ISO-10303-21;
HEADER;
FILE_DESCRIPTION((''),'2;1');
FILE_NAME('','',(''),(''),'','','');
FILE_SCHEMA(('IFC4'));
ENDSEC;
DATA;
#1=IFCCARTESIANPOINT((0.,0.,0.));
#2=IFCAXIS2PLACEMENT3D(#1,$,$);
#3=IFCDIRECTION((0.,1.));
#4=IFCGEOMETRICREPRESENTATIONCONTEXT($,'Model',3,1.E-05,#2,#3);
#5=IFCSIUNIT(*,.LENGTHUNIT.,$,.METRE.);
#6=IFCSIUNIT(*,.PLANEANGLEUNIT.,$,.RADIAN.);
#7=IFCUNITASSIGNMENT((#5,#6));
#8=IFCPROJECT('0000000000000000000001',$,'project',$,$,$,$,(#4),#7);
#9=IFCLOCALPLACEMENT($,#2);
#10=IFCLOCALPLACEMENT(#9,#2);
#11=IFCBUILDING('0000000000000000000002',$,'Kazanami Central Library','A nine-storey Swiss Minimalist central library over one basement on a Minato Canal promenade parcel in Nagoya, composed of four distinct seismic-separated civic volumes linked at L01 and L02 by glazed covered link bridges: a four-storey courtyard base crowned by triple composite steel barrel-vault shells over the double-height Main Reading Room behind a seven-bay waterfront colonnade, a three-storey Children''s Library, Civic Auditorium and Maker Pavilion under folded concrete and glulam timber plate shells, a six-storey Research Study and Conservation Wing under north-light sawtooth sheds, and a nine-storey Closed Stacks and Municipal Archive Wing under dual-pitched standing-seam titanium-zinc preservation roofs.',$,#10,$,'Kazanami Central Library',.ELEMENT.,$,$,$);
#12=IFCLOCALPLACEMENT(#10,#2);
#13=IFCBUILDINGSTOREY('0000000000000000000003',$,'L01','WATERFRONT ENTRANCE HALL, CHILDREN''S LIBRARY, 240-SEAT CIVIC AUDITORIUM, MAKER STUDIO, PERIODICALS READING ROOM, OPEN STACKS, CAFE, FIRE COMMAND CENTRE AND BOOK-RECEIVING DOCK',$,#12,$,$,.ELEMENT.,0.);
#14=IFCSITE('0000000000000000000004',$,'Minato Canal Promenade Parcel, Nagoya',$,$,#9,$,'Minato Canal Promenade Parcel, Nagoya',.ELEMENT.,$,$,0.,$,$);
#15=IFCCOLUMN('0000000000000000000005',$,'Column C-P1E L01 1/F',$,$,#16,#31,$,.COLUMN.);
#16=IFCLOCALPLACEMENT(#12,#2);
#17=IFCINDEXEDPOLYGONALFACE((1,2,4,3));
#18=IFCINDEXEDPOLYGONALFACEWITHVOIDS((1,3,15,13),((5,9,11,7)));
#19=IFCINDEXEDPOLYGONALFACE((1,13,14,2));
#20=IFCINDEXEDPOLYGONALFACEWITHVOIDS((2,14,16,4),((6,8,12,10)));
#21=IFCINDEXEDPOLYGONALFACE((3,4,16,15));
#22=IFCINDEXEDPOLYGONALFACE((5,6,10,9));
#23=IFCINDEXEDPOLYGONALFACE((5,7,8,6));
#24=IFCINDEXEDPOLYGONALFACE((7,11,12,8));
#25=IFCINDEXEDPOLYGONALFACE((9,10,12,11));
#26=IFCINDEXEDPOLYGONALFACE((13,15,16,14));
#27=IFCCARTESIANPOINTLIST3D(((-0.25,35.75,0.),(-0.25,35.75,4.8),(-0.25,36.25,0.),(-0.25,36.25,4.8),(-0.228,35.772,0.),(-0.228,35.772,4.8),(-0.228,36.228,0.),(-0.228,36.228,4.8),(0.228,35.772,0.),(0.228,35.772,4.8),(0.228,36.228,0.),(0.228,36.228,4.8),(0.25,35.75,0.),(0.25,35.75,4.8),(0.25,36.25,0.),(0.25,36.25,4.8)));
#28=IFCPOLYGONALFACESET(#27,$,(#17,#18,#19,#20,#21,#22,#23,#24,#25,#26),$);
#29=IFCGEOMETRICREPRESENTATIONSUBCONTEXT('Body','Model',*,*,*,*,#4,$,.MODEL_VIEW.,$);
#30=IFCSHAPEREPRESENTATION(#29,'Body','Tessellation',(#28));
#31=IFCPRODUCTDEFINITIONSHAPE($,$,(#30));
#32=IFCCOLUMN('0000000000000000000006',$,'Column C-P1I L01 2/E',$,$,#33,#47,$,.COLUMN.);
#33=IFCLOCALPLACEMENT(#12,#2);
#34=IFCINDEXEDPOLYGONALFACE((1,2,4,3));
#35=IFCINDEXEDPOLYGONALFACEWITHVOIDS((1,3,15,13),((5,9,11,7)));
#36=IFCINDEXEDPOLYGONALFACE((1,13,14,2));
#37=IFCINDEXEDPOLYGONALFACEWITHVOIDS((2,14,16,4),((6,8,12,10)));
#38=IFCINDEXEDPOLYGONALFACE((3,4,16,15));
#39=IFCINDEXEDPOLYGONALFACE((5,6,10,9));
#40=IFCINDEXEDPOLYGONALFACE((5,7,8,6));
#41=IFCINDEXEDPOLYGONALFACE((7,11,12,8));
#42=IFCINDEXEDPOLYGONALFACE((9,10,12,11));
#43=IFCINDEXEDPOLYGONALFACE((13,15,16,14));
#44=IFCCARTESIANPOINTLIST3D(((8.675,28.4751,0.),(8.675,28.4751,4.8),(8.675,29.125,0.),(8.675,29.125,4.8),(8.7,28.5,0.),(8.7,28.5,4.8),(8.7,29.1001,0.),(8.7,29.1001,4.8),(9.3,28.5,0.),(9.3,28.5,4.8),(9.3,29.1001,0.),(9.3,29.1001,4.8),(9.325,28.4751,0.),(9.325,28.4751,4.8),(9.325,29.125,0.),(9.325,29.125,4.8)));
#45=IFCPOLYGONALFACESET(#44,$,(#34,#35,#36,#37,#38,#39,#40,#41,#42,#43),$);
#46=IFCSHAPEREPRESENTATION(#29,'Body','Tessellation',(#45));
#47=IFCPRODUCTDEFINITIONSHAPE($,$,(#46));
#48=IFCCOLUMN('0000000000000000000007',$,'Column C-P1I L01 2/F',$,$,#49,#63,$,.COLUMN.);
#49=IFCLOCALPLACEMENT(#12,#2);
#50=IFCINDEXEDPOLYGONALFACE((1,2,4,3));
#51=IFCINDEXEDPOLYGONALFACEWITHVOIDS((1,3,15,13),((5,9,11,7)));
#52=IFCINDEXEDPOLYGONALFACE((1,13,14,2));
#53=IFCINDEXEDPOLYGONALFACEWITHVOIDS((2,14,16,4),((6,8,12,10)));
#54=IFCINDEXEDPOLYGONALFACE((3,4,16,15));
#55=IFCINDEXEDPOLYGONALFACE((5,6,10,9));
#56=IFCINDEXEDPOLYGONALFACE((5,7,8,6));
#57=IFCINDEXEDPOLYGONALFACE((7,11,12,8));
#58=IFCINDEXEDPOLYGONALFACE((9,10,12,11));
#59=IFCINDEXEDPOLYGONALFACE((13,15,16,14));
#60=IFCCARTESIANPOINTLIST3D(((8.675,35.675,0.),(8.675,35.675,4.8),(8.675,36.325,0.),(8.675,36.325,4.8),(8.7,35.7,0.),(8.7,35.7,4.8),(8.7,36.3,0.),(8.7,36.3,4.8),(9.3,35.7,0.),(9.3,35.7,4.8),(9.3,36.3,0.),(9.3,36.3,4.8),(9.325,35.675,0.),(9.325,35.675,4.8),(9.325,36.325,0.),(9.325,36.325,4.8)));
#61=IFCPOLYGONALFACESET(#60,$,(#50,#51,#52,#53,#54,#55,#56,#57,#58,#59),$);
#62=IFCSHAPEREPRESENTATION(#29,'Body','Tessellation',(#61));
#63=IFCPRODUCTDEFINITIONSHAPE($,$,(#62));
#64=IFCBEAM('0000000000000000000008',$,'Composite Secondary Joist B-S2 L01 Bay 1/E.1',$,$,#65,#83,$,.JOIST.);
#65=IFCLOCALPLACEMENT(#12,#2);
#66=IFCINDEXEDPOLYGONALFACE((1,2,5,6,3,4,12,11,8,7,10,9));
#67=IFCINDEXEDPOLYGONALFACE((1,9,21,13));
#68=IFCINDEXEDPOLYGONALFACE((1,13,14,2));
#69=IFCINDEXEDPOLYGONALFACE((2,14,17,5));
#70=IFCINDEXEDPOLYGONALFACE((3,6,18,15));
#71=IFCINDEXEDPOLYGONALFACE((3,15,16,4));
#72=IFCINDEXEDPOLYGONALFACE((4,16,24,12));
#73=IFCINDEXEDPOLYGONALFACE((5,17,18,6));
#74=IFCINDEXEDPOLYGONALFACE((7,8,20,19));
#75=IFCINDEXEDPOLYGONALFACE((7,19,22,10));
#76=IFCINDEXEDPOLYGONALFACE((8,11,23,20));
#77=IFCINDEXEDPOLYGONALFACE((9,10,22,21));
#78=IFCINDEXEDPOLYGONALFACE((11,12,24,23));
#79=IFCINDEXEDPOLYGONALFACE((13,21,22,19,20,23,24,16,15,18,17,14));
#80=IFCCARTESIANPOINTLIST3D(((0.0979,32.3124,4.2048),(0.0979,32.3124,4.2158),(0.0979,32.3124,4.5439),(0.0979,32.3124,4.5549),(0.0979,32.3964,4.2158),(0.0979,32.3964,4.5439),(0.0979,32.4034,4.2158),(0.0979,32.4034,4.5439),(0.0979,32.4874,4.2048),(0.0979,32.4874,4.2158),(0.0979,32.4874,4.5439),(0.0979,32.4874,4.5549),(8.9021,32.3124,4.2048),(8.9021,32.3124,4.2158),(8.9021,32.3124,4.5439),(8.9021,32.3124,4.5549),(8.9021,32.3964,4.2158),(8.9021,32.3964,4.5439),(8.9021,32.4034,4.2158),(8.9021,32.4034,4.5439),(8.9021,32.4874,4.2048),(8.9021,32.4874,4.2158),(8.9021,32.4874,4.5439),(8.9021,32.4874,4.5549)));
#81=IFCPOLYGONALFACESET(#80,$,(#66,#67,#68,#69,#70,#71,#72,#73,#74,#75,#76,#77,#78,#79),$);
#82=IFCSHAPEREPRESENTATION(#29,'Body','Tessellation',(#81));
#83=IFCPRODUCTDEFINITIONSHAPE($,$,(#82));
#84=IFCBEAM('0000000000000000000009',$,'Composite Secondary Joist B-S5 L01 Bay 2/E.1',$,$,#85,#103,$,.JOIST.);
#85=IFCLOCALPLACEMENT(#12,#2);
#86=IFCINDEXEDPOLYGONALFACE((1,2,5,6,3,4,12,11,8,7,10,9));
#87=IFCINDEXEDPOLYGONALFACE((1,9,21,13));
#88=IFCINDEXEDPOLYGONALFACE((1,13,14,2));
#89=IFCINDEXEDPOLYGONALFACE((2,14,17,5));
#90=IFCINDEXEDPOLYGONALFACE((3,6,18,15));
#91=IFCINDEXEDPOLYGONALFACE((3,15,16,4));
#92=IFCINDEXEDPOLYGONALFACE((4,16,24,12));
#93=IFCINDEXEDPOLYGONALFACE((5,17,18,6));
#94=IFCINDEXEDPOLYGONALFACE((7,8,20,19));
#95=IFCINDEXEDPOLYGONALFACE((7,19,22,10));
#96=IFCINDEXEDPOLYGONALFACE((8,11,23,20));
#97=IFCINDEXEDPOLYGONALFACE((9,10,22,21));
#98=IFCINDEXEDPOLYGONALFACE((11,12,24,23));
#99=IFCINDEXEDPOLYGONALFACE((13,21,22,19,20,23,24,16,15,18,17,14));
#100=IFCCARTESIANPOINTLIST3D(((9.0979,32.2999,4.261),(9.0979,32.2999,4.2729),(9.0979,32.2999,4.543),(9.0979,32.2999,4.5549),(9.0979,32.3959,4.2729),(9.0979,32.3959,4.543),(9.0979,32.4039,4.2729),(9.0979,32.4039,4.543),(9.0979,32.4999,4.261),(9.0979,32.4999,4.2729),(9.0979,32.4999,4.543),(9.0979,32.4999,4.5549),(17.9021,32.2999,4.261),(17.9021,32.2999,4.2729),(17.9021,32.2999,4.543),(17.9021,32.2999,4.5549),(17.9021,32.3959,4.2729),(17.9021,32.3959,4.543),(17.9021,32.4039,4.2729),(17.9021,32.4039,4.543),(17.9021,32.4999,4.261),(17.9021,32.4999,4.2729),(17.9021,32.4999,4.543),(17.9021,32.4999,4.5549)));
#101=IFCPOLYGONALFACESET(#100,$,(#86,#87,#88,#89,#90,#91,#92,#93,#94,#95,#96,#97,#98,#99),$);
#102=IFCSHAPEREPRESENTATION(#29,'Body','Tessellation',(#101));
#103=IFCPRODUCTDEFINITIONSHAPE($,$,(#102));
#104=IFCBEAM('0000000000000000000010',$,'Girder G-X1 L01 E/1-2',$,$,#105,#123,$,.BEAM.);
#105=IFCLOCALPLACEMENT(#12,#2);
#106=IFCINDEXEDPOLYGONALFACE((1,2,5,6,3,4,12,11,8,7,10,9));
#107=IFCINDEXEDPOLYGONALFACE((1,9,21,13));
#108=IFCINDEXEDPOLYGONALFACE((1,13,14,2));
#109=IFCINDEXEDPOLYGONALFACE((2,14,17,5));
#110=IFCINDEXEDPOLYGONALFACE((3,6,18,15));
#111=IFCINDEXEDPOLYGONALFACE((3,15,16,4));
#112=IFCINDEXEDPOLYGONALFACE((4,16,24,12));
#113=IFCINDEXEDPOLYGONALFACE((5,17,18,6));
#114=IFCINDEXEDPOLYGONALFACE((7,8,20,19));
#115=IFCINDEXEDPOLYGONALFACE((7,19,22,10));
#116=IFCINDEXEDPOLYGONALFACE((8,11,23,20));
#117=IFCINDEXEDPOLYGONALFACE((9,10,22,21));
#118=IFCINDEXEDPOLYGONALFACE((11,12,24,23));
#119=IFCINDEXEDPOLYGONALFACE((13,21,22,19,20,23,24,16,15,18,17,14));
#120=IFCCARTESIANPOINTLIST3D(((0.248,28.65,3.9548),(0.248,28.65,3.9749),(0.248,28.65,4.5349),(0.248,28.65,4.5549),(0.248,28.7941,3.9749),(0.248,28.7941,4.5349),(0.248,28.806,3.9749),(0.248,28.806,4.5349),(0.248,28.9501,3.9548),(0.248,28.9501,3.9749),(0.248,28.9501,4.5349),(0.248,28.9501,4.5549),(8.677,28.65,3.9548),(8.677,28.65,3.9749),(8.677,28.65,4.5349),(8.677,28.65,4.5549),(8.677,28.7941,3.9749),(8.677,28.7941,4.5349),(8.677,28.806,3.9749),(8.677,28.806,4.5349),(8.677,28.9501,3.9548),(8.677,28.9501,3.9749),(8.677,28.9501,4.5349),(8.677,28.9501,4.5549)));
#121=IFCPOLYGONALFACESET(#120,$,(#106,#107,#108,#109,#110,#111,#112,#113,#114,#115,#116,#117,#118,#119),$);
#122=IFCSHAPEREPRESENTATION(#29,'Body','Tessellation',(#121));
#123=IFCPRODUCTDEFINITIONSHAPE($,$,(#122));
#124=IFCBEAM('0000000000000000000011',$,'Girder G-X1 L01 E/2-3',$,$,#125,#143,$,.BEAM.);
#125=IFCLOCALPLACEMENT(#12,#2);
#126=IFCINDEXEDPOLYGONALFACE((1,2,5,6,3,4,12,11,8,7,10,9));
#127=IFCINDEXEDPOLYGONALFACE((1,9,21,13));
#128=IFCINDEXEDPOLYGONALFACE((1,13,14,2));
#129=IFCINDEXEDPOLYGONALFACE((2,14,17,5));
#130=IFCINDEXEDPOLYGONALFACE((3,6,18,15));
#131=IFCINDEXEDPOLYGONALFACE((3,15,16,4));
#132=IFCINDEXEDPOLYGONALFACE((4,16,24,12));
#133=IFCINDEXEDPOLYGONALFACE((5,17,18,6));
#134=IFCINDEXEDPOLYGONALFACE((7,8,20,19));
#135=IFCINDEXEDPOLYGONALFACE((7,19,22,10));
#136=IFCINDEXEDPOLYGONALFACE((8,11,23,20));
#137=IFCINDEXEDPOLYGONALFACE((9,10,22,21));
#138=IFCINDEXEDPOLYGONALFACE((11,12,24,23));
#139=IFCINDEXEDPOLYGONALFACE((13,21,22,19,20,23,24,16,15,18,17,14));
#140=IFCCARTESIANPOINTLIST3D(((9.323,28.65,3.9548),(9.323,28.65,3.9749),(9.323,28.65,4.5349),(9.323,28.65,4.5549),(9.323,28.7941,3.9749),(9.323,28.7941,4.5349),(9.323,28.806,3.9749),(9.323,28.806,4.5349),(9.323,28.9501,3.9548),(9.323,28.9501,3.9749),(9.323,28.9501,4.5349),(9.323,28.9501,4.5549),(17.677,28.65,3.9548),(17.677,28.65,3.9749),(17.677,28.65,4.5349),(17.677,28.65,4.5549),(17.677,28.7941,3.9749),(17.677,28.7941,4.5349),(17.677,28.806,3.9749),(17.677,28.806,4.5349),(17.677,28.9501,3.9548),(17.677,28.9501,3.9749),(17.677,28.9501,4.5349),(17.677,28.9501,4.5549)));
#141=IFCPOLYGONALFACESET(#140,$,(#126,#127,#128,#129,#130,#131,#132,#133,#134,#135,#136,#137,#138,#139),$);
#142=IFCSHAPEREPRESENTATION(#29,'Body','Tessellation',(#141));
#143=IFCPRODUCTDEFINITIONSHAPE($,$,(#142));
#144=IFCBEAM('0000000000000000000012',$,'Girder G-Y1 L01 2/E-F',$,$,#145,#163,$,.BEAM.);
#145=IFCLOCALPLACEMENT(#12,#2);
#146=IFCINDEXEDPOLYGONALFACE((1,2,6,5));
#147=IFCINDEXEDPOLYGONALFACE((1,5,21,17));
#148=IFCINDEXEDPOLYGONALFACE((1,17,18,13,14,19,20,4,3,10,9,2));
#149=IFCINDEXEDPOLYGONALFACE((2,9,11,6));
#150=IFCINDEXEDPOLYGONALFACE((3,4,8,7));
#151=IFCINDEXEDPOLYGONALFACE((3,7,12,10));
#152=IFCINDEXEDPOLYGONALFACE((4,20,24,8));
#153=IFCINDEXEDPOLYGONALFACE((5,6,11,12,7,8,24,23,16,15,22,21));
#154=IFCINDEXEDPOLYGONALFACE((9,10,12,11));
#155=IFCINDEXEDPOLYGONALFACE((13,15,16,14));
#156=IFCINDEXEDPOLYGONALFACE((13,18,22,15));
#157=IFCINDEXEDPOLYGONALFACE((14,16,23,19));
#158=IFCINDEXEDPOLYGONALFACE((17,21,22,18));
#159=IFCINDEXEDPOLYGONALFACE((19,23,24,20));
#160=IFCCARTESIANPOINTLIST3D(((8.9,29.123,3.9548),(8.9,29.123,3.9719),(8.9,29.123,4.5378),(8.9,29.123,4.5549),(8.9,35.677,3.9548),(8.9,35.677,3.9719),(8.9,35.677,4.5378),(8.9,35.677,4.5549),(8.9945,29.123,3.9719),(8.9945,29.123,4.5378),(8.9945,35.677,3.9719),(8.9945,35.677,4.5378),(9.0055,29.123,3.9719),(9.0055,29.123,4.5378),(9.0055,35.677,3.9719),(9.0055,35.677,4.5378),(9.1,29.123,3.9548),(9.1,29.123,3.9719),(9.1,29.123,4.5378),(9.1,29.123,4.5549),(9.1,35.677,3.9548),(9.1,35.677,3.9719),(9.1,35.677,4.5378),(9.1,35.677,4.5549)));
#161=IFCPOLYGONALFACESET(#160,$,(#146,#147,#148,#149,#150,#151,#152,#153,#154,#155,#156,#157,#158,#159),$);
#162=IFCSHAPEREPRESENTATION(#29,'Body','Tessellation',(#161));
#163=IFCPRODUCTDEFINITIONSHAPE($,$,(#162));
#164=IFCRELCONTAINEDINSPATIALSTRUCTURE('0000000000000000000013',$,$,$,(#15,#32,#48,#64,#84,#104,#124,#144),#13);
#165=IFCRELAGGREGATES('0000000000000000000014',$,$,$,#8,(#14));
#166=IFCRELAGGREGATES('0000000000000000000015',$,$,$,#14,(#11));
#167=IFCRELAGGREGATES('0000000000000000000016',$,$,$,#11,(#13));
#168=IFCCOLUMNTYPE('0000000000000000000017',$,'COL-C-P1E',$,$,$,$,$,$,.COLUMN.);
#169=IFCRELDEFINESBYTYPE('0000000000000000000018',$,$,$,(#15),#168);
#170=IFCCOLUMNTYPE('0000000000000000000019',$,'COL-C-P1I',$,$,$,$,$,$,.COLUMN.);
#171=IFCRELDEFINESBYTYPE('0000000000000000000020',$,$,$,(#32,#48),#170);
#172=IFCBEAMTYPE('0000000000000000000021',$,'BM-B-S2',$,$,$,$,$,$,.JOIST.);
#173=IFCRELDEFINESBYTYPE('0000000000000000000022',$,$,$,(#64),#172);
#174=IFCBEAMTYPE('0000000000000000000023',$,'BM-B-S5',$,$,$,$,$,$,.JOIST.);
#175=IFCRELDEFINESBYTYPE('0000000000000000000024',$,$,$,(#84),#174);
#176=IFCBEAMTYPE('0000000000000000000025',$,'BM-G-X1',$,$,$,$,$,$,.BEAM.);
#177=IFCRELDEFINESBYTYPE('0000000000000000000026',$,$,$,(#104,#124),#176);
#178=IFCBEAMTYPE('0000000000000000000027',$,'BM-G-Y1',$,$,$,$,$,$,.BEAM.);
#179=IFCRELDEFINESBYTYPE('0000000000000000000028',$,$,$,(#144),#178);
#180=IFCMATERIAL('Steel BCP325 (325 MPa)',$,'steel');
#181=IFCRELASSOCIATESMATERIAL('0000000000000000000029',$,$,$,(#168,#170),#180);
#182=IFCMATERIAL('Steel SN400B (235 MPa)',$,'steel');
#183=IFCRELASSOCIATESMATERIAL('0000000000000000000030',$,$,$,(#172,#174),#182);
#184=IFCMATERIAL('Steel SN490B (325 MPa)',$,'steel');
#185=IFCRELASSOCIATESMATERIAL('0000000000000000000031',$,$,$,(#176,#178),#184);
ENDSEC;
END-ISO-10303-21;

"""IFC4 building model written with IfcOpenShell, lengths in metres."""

from ifc_helpers import new_model, si_unit, direction, frame, origin, origin_2d, place, context, subcontext, project, spatial, hollow_rectangle, i_section, extrude, material, material_profile, profile_set, type_object, element, save


model = new_model("IFC4")

# Units and contexts
model_context = context("Model", 3, precision=1e-05, world=origin(), true_north=direction((0.0, 1.0)))
body_context = subcontext(model_context, "Body", "Model", "MODEL_VIEW")
ifc_project = project(units=[si_unit("LENGTHUNIT", "METRE"), si_unit("PLANEANGLEUNIT", "RADIAN")], contexts=[model_context])

# Site, building, storey
site_placement = place(None, origin())
site = spatial("IfcSite", under=ifc_project, at=site_placement, Name="Minato Canal Promenade Parcel, Nagoya", LongName="Minato Canal Promenade Parcel, Nagoya", CompositionType="ELEMENT", RefElevation=0.0)
building_placement = place(site_placement, origin())
building = spatial("IfcBuilding", under=site, at=building_placement, Name="Kazanami Central Library", Description="A nine-storey Swiss Minimalist central library over one basement on a Minato Canal promenade parcel in Nagoya, composed of four distinct seismic-separated civic volumes linked at L01 and L02 by glazed covered link bridges: a four-storey courtyard base crowned by triple composite steel barrel-vault shells over the double-height Main Reading Room behind a seven-bay waterfront colonnade, a three-storey Children's Library, Civic Auditorium and Maker Pavilion under folded concrete and glulam timber plate shells, a six-storey Research Study and Conservation Wing under north-light sawtooth sheds, and a nine-storey Closed Stacks and Municipal Archive Wing under dual-pitched standing-seam titanium-zinc preservation roofs.", LongName="Kazanami Central Library", CompositionType="ELEMENT")
storey_placement = place(building_placement, origin())
storey = spatial("IfcBuildingStorey", under=building, at=storey_placement, Name="L01", Description="WATERFRONT ENTRANCE HALL, CHILDREN'S LIBRARY, 240-SEAT CIVIC AUDITORIUM, MAKER STUDIO, PERIODICALS READING ROOM, OPEN STACKS, CAFE, FIRE COMMAND CENTRE AND BOOK-RECEIVING DOCK", CompositionType="ELEMENT", Elevation=0.0)

# Columns
ifc_material_1 = material(Name="Steel BCP325 (325 MPa)", Category="steel")
ifc_material_profile_1 = material_profile(ifc_material_1, hollow_rectangle(XDim=0.5, YDim=0.5, WallThickness=0.022, at=origin_2d()), Name="BCP-500x500x22")
ifc_profile_set_1 = profile_set([ifc_material_profile_1], Name="Steel BCP325 (325 MPa)")
column_type_1 = type_object("IfcColumnType", Name="COL-C-P1E", PredefinedType="COLUMN", material=ifc_profile_set_1)
column_placement = place(storey_placement, frame((0.0, 36.0, 0.0), z_axis=(0.0, 0.0, 1.0), x_axis=(1.0, 0.0, 0.0)))
element("IfcColumn", 1, at=column_placement, inside=storey, type_object=column_type_1, Name="Column C-P1E L01 1/F", PredefinedType="COLUMN", context=body_context, shape_type="SweptSolid", body=[
    extrude(hollow_rectangle(XDim=0.5, YDim=0.5, WallThickness=0.022, at=origin_2d()), origin(), (0.0, 0.0, 1.0), 4.8),
])
ifc_material_profile_2 = material_profile(ifc_material_1, hollow_rectangle(XDim=0.6499, YDim=0.6499, WallThickness=0.0249, at=origin_2d()), Name="BCP-650x650x25")
ifc_profile_set_2 = profile_set([ifc_material_profile_2], Name="Steel BCP325 (325 MPa)")
column_type_2 = type_object("IfcColumnType", Name="COL-C-P1I", PredefinedType="COLUMN", material=ifc_profile_set_2)
for number, where, z_axis, x_axis, name in (
    (2, (9.0, 28.8, 0.0), (0.0, 0.0, 1.0), (1.0, 0.0, 0.0), "Column C-P1I L01 2/E"),
    (3, (9.0, 36.0, 0.0), (0.0, 0.0, 1.0), (1.0, 0.0, 0.0), "Column C-P1I L01 2/F"),
):
    element("IfcColumn", number, at=place(storey_placement, frame(where, z_axis=z_axis, x_axis=x_axis)), inside=storey, type_object=column_type_2, Name=name, PredefinedType="COLUMN", context=body_context, shape_type="SweptSolid", body=[
        extrude(hollow_rectangle(XDim=0.6499, YDim=0.6499, WallThickness=0.0249, at=origin_2d()), origin(), (0.0, 0.0, 1.0), 4.8),
    ])

# Beams
ifc_material_2 = material(Name="Steel SN400B (235 MPa)", Category="steel")
ifc_material_profile_3 = material_profile(ifc_material_2, i_section(OverallWidth=0.175, OverallDepth=0.3501, WebThickness=0.0071, FlangeThickness=0.011, at=origin_2d()), Name="H-350x175x7x11")
ifc_profile_set_3 = profile_set([ifc_material_profile_3], Name="Steel SN400B (235 MPa)")
beam_type_1 = type_object("IfcBeamType", Name="BM-B-S2", PredefinedType="JOIST", material=ifc_profile_set_3)
beam_1_placement = place(storey_placement, frame((0.0979, 32.3999, 4.3799), z_axis=(1.0, 0.0, 0.0), x_axis=(0.0, 1.0, 0.0)))
element("IfcBeam", 4, at=beam_1_placement, inside=storey, type_object=beam_type_1, Name="Composite Secondary Joist B-S2 L01 Bay 1/E.1", PredefinedType="JOIST", context=body_context, shape_type="SweptSolid", body=[
    extrude(i_section(OverallWidth=0.175, OverallDepth=0.3501, WebThickness=0.0071, FlangeThickness=0.011, at=origin_2d()), origin(), (0.0, 0.0, 1.0), 8.8042),
])
ifc_material_profile_4 = material_profile(ifc_material_2, i_section(OverallWidth=0.2, OverallDepth=0.2939, WebThickness=0.0081, FlangeThickness=0.012, at=origin_2d()), Name="H-294x200x8x12")
ifc_profile_set_4 = profile_set([ifc_material_profile_4], Name="Steel SN400B (235 MPa)")
beam_type_2 = type_object("IfcBeamType", Name="BM-B-S5", PredefinedType="JOIST", material=ifc_profile_set_4)
beam_2_placement = place(storey_placement, frame((9.0979, 32.3999, 4.408), z_axis=(1.0, 0.0, 0.0), x_axis=(0.0, 1.0, 0.0)))
element("IfcBeam", 5, at=beam_2_placement, inside=storey, type_object=beam_type_2, Name="Composite Secondary Joist B-S5 L01 Bay 2/E.1", PredefinedType="JOIST", context=body_context, shape_type="SweptSolid", body=[
    extrude(i_section(OverallWidth=0.2, OverallDepth=0.2939, WebThickness=0.0081, FlangeThickness=0.012, at=origin_2d()), origin(), (0.0, 0.0, 1.0), 8.8042),
])
ifc_material_3 = material(Name="Steel SN490B (325 MPa)", Category="steel")
ifc_material_profile_5 = material_profile(ifc_material_3, i_section(OverallWidth=0.3, OverallDepth=0.6001, WebThickness=0.012, FlangeThickness=0.02, at=origin_2d()), Name="H-600x300x12x20")
ifc_profile_set_5 = profile_set([ifc_material_profile_5], Name="Steel SN490B (325 MPa)")
beam_type_3 = type_object("IfcBeamType", Name="BM-G-X1", PredefinedType="BEAM", material=ifc_profile_set_5)
beam_3_placement = place(storey_placement, frame((0.248, 28.8, 4.2549), z_axis=(1.0, 0.0, 0.0), x_axis=(0.0, 1.0, 0.0)))
element("IfcBeam", 6, at=beam_3_placement, inside=storey, type_object=beam_type_3, Name="Girder G-X1 L01 E/1-2", PredefinedType="BEAM", context=body_context, shape_type="SweptSolid", body=[
    extrude(i_section(OverallWidth=0.3, OverallDepth=0.6001, WebThickness=0.012, FlangeThickness=0.02, at=origin_2d()), origin(), (0.0, 0.0, 1.0), 8.429),
])
beam_4_placement = place(storey_placement, frame((9.323, 28.8, 4.2549), z_axis=(1.0, 0.0, 0.0), x_axis=(0.0, 1.0, 0.0)))
element("IfcBeam", 7, at=beam_4_placement, inside=storey, type_object=beam_type_3, Name="Girder G-X1 L01 E/2-3", PredefinedType="BEAM", context=body_context, shape_type="SweptSolid", body=[
    extrude(i_section(OverallWidth=0.3, OverallDepth=0.6001, WebThickness=0.012, FlangeThickness=0.02, at=origin_2d()), origin(), (0.0, 0.0, 1.0), 8.354),
])
ifc_material_profile_6 = material_profile(ifc_material_3, i_section(OverallWidth=0.2, OverallDepth=0.6001, WebThickness=0.011, FlangeThickness=0.0171, at=origin_2d()), Name="H-600x200x11x17")
ifc_profile_set_6 = profile_set([ifc_material_profile_6], Name="Steel SN490B (325 MPa)")
beam_type_4 = type_object("IfcBeamType", Name="BM-G-Y1", PredefinedType="BEAM", material=ifc_profile_set_6)
beam_5_placement = place(storey_placement, frame((9.0, 29.123, 4.2549), z_axis=(0.0, 1.0, 0.0), x_axis=(-1.0, 0.0, 0.0)))
element("IfcBeam", 8, at=beam_5_placement, inside=storey, type_object=beam_type_4, Name="Girder G-Y1 L01 2/E-F", PredefinedType="BEAM", context=body_context, shape_type="SweptSolid", body=[
    extrude(i_section(OverallWidth=0.2, OverallDepth=0.6001, WebThickness=0.011, FlangeThickness=0.0171, at=origin_2d()), origin(), (0.0, 0.0, 1.0), 6.554),
])

save(model, "model.ifc")
